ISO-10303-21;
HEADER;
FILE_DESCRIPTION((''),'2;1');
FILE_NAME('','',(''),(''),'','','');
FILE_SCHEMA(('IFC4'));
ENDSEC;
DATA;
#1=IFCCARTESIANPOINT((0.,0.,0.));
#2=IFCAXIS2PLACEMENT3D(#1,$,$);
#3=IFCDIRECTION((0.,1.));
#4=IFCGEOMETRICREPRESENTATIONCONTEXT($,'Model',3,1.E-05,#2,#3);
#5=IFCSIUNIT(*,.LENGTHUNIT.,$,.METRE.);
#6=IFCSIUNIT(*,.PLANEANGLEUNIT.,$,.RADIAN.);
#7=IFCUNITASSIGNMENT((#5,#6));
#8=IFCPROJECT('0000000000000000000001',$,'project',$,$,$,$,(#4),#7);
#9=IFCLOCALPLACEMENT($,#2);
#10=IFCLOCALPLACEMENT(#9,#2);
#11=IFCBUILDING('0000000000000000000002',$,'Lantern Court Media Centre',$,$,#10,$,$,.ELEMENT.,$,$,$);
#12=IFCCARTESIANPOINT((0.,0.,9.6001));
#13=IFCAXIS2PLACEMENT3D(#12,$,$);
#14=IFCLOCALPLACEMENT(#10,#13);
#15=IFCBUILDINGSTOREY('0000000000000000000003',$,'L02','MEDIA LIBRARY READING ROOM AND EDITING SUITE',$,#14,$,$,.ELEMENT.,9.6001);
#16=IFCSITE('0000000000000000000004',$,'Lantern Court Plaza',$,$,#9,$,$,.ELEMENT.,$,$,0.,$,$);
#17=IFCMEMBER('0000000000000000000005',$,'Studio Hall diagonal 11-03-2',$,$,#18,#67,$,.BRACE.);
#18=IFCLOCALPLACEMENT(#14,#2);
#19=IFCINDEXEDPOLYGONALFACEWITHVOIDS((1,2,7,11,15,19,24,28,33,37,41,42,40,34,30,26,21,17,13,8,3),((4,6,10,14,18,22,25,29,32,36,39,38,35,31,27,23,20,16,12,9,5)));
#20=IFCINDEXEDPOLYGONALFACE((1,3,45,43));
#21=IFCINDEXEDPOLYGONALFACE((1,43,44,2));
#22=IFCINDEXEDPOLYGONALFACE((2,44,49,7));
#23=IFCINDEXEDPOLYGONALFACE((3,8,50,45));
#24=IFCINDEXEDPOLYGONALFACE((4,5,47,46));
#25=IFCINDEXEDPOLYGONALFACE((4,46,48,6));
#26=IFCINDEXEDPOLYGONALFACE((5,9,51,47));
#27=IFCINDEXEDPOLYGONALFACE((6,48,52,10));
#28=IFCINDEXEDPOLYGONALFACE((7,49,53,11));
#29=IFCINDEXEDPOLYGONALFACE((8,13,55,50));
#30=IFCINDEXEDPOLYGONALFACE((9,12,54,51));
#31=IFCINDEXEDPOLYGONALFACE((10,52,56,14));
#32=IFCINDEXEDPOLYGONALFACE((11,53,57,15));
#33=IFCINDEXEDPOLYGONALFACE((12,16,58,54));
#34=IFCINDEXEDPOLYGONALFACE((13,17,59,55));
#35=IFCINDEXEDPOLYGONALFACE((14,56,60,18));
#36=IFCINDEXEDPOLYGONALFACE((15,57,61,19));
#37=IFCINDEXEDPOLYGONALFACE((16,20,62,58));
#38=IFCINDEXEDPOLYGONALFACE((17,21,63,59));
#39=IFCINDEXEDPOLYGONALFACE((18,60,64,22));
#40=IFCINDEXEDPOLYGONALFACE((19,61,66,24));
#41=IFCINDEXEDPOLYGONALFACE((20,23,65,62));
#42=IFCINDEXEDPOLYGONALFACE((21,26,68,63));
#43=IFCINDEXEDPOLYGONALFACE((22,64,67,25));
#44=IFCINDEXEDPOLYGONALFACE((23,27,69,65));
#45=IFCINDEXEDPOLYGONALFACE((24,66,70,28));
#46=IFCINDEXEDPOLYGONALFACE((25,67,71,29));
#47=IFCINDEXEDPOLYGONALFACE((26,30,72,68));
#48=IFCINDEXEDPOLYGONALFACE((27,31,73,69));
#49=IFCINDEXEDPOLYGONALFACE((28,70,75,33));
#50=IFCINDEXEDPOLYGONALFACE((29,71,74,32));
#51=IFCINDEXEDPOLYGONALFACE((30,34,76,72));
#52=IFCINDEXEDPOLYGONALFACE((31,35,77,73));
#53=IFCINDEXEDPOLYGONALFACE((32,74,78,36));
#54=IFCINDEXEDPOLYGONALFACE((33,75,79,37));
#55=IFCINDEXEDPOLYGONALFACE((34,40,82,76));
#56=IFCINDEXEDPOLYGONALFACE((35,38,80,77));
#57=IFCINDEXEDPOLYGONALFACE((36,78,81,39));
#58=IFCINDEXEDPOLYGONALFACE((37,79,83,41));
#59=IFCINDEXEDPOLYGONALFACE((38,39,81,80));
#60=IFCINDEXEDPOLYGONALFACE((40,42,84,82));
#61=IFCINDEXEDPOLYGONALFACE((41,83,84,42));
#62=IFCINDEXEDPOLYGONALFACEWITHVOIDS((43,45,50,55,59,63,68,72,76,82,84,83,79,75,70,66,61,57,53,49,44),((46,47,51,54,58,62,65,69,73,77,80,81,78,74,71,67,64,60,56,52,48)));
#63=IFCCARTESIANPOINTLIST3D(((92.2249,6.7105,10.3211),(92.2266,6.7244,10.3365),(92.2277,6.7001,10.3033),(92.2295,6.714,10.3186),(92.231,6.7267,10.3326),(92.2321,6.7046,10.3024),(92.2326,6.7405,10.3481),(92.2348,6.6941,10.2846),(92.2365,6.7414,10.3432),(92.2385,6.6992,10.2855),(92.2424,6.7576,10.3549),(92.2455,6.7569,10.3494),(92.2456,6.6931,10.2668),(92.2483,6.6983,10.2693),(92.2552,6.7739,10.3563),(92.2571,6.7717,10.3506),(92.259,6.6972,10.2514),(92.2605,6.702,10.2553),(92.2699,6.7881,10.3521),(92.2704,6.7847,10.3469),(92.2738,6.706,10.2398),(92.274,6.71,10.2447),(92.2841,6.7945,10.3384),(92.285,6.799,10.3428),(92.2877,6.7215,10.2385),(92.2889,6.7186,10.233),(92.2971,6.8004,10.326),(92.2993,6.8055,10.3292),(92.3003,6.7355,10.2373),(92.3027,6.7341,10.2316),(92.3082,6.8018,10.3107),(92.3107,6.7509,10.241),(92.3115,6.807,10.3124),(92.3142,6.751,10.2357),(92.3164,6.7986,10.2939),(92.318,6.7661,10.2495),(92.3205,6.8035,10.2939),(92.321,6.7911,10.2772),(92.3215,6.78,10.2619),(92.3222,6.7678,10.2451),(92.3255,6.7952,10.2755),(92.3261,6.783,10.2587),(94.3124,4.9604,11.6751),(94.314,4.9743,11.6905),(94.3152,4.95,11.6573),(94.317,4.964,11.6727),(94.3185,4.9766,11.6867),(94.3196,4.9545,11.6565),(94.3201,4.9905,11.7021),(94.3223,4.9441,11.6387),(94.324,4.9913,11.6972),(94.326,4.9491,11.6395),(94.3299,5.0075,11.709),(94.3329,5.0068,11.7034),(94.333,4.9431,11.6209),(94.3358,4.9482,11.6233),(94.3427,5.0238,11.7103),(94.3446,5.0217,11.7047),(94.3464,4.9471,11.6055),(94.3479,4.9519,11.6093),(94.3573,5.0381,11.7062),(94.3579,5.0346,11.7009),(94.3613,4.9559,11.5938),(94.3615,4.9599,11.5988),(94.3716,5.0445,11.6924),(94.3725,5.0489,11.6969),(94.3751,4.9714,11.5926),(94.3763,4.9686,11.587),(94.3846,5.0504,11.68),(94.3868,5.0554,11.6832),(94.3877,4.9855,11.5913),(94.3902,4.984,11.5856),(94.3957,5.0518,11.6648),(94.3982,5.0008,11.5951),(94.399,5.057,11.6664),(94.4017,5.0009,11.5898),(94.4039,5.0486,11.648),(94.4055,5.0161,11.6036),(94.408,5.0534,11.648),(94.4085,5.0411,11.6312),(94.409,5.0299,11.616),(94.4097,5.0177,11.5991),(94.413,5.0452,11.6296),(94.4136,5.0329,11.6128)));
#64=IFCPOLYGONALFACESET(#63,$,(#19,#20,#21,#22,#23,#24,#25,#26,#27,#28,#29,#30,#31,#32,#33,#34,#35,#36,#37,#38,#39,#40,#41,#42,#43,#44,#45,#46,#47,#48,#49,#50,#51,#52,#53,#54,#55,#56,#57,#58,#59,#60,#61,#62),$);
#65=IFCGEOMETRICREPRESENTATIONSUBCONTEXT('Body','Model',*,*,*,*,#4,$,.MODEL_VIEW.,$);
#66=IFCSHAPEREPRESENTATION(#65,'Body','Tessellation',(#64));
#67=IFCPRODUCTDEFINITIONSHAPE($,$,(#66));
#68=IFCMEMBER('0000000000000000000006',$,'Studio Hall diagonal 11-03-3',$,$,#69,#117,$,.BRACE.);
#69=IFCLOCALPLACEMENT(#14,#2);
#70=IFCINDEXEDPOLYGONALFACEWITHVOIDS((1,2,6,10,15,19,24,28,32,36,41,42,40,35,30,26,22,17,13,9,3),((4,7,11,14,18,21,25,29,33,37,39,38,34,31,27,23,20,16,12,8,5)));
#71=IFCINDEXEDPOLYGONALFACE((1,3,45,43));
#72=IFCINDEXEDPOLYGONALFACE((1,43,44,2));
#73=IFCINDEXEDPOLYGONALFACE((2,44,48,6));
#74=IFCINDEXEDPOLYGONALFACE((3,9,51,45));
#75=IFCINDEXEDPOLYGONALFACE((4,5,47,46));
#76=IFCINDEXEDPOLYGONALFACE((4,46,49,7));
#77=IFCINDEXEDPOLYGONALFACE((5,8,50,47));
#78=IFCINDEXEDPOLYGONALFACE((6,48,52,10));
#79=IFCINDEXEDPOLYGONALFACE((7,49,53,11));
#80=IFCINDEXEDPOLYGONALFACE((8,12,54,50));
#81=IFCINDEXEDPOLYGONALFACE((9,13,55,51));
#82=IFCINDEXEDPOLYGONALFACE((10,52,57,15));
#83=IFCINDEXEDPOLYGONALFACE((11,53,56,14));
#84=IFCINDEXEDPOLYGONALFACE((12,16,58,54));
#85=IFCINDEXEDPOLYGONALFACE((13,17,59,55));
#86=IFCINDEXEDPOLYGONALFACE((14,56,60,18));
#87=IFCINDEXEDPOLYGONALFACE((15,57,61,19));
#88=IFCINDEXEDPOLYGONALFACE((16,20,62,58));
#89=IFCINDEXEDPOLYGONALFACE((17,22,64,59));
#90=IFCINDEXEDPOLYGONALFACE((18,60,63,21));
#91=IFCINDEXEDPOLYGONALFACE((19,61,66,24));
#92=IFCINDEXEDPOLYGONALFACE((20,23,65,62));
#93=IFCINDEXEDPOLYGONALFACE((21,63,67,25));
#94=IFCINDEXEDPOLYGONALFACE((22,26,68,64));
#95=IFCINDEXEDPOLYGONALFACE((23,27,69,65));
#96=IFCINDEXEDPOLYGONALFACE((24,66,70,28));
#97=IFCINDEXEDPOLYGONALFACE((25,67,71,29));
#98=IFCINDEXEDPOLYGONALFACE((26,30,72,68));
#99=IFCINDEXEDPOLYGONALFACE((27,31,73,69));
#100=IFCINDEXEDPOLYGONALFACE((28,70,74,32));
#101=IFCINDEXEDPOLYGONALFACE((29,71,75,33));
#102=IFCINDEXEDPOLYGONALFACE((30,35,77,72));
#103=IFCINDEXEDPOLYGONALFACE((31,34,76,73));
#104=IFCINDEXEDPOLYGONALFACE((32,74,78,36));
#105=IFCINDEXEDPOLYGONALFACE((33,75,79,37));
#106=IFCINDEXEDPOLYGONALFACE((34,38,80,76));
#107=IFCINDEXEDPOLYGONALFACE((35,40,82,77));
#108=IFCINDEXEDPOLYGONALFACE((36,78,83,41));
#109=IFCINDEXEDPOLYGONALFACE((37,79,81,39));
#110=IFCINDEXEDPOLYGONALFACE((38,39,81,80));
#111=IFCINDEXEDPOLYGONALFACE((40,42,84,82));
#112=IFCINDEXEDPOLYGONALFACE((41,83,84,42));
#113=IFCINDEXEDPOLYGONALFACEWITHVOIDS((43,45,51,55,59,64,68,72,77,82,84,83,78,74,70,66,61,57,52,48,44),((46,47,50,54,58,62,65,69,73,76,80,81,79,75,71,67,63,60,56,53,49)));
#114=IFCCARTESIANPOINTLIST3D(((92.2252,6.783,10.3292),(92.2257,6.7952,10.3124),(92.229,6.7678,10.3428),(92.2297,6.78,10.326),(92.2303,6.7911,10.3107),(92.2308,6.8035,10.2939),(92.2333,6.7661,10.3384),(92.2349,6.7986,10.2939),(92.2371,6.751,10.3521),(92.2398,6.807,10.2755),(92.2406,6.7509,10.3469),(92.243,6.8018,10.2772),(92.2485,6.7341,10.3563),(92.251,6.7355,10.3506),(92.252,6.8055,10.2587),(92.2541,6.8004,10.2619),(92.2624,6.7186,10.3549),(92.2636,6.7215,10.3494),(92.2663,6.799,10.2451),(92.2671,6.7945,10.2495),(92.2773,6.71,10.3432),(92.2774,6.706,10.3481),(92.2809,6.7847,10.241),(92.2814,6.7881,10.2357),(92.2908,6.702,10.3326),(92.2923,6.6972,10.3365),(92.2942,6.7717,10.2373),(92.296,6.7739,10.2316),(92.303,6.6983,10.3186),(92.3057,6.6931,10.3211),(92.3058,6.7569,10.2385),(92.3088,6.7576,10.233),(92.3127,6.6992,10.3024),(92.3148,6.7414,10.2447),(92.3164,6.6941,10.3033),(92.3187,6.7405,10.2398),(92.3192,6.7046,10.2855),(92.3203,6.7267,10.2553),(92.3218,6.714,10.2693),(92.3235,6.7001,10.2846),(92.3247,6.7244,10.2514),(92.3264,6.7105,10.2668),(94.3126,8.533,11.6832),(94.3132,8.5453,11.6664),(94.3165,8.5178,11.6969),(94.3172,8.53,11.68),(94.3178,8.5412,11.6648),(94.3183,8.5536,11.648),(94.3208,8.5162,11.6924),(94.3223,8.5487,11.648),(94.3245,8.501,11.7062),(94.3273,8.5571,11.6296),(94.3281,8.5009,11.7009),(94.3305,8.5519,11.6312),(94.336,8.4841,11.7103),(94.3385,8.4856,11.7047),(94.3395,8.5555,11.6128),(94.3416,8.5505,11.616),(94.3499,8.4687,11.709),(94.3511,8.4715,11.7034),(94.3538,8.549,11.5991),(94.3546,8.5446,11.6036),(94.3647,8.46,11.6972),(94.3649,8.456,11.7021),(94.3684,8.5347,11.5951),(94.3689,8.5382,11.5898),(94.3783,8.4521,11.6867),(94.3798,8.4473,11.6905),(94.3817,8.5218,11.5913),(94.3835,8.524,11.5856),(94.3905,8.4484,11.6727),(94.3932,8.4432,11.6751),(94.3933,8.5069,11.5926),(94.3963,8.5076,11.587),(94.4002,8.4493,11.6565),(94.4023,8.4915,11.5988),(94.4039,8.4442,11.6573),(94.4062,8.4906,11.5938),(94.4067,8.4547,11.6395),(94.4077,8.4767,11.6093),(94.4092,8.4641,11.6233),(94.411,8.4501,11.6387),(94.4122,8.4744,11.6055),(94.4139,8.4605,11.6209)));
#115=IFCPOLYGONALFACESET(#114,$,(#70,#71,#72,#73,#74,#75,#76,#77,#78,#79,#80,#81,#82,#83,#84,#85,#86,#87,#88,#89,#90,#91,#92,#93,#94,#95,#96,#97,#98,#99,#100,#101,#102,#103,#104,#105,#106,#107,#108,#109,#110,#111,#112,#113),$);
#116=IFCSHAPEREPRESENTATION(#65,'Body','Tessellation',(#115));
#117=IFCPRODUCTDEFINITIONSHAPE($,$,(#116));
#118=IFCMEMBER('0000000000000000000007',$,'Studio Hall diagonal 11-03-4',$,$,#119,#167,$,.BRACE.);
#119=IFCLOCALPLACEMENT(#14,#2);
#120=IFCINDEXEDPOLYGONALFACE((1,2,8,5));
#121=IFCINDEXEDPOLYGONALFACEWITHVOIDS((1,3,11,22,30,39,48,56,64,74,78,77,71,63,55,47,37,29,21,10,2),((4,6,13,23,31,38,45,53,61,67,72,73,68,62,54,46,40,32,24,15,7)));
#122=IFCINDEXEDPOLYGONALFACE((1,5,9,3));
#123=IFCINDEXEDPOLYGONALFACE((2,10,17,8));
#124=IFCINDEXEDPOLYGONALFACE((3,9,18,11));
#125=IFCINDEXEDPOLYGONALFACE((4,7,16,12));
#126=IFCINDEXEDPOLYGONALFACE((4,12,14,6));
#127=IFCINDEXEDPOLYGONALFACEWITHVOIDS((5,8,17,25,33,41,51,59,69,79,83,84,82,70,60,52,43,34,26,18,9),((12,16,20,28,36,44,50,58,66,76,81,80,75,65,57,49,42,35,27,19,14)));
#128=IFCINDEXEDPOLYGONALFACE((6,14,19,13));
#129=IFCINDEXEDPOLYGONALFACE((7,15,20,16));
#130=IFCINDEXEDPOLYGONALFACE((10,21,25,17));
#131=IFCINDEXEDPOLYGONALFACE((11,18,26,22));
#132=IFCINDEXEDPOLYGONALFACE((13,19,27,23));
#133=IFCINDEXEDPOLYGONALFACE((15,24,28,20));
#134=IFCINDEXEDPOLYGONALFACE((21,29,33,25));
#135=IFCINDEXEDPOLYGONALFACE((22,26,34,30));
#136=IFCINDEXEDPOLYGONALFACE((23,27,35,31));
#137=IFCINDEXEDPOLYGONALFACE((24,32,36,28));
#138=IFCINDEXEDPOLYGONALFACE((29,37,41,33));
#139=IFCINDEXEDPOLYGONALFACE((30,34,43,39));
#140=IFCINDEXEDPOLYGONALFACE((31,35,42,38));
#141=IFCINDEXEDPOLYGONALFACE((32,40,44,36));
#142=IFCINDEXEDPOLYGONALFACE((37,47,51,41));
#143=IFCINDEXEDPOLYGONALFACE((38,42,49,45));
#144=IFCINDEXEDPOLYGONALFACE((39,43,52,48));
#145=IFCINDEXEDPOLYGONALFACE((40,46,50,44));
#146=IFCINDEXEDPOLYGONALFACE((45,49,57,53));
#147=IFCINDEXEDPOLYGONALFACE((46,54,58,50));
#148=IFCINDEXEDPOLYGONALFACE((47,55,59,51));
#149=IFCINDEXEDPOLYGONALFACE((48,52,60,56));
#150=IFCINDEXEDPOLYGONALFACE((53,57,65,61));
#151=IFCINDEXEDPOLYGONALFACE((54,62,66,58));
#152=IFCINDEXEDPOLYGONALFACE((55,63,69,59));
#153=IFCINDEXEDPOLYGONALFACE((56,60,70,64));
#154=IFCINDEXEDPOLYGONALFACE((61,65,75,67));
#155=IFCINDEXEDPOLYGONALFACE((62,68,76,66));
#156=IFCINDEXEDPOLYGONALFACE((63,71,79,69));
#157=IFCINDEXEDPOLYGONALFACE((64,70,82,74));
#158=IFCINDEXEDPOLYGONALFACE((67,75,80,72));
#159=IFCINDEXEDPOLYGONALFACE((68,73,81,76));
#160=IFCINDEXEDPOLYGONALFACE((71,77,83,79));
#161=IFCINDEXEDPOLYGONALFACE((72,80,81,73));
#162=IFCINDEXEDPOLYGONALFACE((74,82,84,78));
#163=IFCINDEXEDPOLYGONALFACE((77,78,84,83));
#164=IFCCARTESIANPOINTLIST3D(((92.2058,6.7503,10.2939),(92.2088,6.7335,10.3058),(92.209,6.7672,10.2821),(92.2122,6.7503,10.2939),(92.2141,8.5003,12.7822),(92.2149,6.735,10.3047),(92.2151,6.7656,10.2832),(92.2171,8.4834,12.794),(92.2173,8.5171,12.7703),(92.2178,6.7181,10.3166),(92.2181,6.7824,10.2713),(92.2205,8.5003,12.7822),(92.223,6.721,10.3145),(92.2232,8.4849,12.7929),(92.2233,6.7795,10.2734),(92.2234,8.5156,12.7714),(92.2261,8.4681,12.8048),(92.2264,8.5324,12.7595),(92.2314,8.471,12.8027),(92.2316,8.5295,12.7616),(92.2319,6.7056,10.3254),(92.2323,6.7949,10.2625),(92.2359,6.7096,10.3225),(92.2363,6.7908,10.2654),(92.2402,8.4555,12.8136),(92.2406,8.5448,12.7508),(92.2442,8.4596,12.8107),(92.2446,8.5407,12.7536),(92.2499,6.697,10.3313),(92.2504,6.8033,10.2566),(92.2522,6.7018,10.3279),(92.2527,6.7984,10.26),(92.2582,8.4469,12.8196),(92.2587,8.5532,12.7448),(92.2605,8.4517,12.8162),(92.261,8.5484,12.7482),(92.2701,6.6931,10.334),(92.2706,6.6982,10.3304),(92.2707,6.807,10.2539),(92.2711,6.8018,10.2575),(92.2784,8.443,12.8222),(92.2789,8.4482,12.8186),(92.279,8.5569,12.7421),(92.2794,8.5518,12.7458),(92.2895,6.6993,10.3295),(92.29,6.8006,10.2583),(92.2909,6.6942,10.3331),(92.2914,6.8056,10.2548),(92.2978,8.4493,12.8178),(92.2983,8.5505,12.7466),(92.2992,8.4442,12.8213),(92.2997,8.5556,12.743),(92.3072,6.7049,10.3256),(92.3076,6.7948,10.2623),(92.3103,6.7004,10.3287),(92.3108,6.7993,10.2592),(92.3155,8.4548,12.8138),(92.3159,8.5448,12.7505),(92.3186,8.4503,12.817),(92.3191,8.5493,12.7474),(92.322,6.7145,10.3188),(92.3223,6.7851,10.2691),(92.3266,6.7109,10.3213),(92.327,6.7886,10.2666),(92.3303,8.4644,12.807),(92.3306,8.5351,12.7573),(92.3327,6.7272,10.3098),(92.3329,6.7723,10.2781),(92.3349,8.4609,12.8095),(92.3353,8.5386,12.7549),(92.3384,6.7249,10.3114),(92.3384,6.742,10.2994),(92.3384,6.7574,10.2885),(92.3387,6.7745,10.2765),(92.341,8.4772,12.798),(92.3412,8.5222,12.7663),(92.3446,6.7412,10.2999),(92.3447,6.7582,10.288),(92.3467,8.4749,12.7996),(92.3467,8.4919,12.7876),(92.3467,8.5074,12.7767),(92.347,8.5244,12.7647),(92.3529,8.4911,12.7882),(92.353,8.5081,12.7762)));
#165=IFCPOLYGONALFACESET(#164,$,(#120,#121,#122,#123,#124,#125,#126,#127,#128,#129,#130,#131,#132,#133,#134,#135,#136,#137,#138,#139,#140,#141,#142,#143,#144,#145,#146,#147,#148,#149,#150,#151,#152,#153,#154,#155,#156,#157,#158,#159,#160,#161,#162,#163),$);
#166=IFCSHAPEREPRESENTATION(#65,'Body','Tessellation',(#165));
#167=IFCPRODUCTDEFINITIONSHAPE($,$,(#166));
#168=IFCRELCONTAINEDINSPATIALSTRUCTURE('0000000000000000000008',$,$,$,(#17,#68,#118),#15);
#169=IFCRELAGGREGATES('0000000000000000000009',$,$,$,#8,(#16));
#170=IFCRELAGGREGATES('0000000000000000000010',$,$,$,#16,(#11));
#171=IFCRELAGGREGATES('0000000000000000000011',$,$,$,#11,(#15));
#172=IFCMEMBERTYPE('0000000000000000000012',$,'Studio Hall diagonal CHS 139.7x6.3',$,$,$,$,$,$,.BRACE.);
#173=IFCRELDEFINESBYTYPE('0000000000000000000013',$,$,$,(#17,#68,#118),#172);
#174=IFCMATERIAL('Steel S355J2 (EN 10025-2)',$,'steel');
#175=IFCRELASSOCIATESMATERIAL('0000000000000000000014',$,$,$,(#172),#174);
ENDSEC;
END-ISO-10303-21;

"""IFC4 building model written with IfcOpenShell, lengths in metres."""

from ifc_helpers import new_model, si_unit, direction, frame, origin, origin_2d, place, context, subcontext, project, spatial, hollow_circle, extrude, material, material_profile, profile_set, type_object, element, save


model = new_model("IFC4")

# Units and contexts
model_context = context("Model", 3, precision=1e-05, world=origin(), true_north=direction((0.0, 1.0)))
body_context = subcontext(model_context, "Body", "Model", "MODEL_VIEW")
ifc_project = project(units=[si_unit("LENGTHUNIT", "METRE"), si_unit("PLANEANGLEUNIT", "RADIAN")], contexts=[model_context])

# Site, building, storey
site_placement = place(None, origin())
site = spatial("IfcSite", under=ifc_project, at=site_placement, Name="Lantern Court Plaza", CompositionType="ELEMENT", RefElevation=0.0)
building_placement = place(site_placement, origin())
building = spatial("IfcBuilding", under=site, at=building_placement, Name="Lantern Court Media Centre", CompositionType="ELEMENT")
storey_placement = place(building_placement, frame((0.0, 0.0, 9.6001)))
storey = spatial("IfcBuildingStorey", under=building, at=storey_placement, Name="L02", Description="MEDIA LIBRARY READING ROOM AND EDITING SUITE", CompositionType="ELEMENT", Elevation=9.6001)

# Members
ifc_material_1 = material(Name="Steel S355J2 (EN 10025-2)", Category="steel")
ifc_material_profile_1 = material_profile(ifc_material_1, hollow_circle(Radius=0.0698, WallThickness=0.0063, at=origin_2d()), Name="Studio Hall diagonal CHS 139.7x6.3")
ifc_profile_set_1 = profile_set([ifc_material_profile_1], Name="Steel S355J2 (EN 10025-2)")
member_type_1 = type_object("IfcMemberType", Name="Studio Hall diagonal CHS 139.7x6.3", PredefinedType="BRACE", material=ifc_profile_set_1)
for number, where, z_axis, x_axis, name in (
    (1, (92.2756, 6.75, 10.2939), (0.68622, -0.575301, 0.44512), (0.642456, 0.766322, 0.0), "Studio Hall diagonal 11-03-2"),
    (2, (92.2756, 6.75, 10.2939), (0.68622, 0.575301, 0.44512), (-0.642456, 0.766322, 0.0), "Studio Hall diagonal 11-03-3"),
    (3, (92.2756, 6.75, 10.2939), (0.002729, 0.575269, 0.81796), (-0.999989, 0.004743, 0.0), "Studio Hall diagonal 11-03-4"),
):
    element("IfcMember", number, at=place(storey_placement, frame(where, z_axis=z_axis, x_axis=x_axis)), inside=storey, type_object=member_type_1, Name=name, PredefinedType="BRACE", context=body_context, shape_type="SweptSolid", body=[
        extrude(hollow_circle(Radius=0.0698, WallThickness=0.0063, at=origin_2d()), origin(), (0.0, 0.0, 1.0), 3.042),
    ])

save(model, "model.ifc")
